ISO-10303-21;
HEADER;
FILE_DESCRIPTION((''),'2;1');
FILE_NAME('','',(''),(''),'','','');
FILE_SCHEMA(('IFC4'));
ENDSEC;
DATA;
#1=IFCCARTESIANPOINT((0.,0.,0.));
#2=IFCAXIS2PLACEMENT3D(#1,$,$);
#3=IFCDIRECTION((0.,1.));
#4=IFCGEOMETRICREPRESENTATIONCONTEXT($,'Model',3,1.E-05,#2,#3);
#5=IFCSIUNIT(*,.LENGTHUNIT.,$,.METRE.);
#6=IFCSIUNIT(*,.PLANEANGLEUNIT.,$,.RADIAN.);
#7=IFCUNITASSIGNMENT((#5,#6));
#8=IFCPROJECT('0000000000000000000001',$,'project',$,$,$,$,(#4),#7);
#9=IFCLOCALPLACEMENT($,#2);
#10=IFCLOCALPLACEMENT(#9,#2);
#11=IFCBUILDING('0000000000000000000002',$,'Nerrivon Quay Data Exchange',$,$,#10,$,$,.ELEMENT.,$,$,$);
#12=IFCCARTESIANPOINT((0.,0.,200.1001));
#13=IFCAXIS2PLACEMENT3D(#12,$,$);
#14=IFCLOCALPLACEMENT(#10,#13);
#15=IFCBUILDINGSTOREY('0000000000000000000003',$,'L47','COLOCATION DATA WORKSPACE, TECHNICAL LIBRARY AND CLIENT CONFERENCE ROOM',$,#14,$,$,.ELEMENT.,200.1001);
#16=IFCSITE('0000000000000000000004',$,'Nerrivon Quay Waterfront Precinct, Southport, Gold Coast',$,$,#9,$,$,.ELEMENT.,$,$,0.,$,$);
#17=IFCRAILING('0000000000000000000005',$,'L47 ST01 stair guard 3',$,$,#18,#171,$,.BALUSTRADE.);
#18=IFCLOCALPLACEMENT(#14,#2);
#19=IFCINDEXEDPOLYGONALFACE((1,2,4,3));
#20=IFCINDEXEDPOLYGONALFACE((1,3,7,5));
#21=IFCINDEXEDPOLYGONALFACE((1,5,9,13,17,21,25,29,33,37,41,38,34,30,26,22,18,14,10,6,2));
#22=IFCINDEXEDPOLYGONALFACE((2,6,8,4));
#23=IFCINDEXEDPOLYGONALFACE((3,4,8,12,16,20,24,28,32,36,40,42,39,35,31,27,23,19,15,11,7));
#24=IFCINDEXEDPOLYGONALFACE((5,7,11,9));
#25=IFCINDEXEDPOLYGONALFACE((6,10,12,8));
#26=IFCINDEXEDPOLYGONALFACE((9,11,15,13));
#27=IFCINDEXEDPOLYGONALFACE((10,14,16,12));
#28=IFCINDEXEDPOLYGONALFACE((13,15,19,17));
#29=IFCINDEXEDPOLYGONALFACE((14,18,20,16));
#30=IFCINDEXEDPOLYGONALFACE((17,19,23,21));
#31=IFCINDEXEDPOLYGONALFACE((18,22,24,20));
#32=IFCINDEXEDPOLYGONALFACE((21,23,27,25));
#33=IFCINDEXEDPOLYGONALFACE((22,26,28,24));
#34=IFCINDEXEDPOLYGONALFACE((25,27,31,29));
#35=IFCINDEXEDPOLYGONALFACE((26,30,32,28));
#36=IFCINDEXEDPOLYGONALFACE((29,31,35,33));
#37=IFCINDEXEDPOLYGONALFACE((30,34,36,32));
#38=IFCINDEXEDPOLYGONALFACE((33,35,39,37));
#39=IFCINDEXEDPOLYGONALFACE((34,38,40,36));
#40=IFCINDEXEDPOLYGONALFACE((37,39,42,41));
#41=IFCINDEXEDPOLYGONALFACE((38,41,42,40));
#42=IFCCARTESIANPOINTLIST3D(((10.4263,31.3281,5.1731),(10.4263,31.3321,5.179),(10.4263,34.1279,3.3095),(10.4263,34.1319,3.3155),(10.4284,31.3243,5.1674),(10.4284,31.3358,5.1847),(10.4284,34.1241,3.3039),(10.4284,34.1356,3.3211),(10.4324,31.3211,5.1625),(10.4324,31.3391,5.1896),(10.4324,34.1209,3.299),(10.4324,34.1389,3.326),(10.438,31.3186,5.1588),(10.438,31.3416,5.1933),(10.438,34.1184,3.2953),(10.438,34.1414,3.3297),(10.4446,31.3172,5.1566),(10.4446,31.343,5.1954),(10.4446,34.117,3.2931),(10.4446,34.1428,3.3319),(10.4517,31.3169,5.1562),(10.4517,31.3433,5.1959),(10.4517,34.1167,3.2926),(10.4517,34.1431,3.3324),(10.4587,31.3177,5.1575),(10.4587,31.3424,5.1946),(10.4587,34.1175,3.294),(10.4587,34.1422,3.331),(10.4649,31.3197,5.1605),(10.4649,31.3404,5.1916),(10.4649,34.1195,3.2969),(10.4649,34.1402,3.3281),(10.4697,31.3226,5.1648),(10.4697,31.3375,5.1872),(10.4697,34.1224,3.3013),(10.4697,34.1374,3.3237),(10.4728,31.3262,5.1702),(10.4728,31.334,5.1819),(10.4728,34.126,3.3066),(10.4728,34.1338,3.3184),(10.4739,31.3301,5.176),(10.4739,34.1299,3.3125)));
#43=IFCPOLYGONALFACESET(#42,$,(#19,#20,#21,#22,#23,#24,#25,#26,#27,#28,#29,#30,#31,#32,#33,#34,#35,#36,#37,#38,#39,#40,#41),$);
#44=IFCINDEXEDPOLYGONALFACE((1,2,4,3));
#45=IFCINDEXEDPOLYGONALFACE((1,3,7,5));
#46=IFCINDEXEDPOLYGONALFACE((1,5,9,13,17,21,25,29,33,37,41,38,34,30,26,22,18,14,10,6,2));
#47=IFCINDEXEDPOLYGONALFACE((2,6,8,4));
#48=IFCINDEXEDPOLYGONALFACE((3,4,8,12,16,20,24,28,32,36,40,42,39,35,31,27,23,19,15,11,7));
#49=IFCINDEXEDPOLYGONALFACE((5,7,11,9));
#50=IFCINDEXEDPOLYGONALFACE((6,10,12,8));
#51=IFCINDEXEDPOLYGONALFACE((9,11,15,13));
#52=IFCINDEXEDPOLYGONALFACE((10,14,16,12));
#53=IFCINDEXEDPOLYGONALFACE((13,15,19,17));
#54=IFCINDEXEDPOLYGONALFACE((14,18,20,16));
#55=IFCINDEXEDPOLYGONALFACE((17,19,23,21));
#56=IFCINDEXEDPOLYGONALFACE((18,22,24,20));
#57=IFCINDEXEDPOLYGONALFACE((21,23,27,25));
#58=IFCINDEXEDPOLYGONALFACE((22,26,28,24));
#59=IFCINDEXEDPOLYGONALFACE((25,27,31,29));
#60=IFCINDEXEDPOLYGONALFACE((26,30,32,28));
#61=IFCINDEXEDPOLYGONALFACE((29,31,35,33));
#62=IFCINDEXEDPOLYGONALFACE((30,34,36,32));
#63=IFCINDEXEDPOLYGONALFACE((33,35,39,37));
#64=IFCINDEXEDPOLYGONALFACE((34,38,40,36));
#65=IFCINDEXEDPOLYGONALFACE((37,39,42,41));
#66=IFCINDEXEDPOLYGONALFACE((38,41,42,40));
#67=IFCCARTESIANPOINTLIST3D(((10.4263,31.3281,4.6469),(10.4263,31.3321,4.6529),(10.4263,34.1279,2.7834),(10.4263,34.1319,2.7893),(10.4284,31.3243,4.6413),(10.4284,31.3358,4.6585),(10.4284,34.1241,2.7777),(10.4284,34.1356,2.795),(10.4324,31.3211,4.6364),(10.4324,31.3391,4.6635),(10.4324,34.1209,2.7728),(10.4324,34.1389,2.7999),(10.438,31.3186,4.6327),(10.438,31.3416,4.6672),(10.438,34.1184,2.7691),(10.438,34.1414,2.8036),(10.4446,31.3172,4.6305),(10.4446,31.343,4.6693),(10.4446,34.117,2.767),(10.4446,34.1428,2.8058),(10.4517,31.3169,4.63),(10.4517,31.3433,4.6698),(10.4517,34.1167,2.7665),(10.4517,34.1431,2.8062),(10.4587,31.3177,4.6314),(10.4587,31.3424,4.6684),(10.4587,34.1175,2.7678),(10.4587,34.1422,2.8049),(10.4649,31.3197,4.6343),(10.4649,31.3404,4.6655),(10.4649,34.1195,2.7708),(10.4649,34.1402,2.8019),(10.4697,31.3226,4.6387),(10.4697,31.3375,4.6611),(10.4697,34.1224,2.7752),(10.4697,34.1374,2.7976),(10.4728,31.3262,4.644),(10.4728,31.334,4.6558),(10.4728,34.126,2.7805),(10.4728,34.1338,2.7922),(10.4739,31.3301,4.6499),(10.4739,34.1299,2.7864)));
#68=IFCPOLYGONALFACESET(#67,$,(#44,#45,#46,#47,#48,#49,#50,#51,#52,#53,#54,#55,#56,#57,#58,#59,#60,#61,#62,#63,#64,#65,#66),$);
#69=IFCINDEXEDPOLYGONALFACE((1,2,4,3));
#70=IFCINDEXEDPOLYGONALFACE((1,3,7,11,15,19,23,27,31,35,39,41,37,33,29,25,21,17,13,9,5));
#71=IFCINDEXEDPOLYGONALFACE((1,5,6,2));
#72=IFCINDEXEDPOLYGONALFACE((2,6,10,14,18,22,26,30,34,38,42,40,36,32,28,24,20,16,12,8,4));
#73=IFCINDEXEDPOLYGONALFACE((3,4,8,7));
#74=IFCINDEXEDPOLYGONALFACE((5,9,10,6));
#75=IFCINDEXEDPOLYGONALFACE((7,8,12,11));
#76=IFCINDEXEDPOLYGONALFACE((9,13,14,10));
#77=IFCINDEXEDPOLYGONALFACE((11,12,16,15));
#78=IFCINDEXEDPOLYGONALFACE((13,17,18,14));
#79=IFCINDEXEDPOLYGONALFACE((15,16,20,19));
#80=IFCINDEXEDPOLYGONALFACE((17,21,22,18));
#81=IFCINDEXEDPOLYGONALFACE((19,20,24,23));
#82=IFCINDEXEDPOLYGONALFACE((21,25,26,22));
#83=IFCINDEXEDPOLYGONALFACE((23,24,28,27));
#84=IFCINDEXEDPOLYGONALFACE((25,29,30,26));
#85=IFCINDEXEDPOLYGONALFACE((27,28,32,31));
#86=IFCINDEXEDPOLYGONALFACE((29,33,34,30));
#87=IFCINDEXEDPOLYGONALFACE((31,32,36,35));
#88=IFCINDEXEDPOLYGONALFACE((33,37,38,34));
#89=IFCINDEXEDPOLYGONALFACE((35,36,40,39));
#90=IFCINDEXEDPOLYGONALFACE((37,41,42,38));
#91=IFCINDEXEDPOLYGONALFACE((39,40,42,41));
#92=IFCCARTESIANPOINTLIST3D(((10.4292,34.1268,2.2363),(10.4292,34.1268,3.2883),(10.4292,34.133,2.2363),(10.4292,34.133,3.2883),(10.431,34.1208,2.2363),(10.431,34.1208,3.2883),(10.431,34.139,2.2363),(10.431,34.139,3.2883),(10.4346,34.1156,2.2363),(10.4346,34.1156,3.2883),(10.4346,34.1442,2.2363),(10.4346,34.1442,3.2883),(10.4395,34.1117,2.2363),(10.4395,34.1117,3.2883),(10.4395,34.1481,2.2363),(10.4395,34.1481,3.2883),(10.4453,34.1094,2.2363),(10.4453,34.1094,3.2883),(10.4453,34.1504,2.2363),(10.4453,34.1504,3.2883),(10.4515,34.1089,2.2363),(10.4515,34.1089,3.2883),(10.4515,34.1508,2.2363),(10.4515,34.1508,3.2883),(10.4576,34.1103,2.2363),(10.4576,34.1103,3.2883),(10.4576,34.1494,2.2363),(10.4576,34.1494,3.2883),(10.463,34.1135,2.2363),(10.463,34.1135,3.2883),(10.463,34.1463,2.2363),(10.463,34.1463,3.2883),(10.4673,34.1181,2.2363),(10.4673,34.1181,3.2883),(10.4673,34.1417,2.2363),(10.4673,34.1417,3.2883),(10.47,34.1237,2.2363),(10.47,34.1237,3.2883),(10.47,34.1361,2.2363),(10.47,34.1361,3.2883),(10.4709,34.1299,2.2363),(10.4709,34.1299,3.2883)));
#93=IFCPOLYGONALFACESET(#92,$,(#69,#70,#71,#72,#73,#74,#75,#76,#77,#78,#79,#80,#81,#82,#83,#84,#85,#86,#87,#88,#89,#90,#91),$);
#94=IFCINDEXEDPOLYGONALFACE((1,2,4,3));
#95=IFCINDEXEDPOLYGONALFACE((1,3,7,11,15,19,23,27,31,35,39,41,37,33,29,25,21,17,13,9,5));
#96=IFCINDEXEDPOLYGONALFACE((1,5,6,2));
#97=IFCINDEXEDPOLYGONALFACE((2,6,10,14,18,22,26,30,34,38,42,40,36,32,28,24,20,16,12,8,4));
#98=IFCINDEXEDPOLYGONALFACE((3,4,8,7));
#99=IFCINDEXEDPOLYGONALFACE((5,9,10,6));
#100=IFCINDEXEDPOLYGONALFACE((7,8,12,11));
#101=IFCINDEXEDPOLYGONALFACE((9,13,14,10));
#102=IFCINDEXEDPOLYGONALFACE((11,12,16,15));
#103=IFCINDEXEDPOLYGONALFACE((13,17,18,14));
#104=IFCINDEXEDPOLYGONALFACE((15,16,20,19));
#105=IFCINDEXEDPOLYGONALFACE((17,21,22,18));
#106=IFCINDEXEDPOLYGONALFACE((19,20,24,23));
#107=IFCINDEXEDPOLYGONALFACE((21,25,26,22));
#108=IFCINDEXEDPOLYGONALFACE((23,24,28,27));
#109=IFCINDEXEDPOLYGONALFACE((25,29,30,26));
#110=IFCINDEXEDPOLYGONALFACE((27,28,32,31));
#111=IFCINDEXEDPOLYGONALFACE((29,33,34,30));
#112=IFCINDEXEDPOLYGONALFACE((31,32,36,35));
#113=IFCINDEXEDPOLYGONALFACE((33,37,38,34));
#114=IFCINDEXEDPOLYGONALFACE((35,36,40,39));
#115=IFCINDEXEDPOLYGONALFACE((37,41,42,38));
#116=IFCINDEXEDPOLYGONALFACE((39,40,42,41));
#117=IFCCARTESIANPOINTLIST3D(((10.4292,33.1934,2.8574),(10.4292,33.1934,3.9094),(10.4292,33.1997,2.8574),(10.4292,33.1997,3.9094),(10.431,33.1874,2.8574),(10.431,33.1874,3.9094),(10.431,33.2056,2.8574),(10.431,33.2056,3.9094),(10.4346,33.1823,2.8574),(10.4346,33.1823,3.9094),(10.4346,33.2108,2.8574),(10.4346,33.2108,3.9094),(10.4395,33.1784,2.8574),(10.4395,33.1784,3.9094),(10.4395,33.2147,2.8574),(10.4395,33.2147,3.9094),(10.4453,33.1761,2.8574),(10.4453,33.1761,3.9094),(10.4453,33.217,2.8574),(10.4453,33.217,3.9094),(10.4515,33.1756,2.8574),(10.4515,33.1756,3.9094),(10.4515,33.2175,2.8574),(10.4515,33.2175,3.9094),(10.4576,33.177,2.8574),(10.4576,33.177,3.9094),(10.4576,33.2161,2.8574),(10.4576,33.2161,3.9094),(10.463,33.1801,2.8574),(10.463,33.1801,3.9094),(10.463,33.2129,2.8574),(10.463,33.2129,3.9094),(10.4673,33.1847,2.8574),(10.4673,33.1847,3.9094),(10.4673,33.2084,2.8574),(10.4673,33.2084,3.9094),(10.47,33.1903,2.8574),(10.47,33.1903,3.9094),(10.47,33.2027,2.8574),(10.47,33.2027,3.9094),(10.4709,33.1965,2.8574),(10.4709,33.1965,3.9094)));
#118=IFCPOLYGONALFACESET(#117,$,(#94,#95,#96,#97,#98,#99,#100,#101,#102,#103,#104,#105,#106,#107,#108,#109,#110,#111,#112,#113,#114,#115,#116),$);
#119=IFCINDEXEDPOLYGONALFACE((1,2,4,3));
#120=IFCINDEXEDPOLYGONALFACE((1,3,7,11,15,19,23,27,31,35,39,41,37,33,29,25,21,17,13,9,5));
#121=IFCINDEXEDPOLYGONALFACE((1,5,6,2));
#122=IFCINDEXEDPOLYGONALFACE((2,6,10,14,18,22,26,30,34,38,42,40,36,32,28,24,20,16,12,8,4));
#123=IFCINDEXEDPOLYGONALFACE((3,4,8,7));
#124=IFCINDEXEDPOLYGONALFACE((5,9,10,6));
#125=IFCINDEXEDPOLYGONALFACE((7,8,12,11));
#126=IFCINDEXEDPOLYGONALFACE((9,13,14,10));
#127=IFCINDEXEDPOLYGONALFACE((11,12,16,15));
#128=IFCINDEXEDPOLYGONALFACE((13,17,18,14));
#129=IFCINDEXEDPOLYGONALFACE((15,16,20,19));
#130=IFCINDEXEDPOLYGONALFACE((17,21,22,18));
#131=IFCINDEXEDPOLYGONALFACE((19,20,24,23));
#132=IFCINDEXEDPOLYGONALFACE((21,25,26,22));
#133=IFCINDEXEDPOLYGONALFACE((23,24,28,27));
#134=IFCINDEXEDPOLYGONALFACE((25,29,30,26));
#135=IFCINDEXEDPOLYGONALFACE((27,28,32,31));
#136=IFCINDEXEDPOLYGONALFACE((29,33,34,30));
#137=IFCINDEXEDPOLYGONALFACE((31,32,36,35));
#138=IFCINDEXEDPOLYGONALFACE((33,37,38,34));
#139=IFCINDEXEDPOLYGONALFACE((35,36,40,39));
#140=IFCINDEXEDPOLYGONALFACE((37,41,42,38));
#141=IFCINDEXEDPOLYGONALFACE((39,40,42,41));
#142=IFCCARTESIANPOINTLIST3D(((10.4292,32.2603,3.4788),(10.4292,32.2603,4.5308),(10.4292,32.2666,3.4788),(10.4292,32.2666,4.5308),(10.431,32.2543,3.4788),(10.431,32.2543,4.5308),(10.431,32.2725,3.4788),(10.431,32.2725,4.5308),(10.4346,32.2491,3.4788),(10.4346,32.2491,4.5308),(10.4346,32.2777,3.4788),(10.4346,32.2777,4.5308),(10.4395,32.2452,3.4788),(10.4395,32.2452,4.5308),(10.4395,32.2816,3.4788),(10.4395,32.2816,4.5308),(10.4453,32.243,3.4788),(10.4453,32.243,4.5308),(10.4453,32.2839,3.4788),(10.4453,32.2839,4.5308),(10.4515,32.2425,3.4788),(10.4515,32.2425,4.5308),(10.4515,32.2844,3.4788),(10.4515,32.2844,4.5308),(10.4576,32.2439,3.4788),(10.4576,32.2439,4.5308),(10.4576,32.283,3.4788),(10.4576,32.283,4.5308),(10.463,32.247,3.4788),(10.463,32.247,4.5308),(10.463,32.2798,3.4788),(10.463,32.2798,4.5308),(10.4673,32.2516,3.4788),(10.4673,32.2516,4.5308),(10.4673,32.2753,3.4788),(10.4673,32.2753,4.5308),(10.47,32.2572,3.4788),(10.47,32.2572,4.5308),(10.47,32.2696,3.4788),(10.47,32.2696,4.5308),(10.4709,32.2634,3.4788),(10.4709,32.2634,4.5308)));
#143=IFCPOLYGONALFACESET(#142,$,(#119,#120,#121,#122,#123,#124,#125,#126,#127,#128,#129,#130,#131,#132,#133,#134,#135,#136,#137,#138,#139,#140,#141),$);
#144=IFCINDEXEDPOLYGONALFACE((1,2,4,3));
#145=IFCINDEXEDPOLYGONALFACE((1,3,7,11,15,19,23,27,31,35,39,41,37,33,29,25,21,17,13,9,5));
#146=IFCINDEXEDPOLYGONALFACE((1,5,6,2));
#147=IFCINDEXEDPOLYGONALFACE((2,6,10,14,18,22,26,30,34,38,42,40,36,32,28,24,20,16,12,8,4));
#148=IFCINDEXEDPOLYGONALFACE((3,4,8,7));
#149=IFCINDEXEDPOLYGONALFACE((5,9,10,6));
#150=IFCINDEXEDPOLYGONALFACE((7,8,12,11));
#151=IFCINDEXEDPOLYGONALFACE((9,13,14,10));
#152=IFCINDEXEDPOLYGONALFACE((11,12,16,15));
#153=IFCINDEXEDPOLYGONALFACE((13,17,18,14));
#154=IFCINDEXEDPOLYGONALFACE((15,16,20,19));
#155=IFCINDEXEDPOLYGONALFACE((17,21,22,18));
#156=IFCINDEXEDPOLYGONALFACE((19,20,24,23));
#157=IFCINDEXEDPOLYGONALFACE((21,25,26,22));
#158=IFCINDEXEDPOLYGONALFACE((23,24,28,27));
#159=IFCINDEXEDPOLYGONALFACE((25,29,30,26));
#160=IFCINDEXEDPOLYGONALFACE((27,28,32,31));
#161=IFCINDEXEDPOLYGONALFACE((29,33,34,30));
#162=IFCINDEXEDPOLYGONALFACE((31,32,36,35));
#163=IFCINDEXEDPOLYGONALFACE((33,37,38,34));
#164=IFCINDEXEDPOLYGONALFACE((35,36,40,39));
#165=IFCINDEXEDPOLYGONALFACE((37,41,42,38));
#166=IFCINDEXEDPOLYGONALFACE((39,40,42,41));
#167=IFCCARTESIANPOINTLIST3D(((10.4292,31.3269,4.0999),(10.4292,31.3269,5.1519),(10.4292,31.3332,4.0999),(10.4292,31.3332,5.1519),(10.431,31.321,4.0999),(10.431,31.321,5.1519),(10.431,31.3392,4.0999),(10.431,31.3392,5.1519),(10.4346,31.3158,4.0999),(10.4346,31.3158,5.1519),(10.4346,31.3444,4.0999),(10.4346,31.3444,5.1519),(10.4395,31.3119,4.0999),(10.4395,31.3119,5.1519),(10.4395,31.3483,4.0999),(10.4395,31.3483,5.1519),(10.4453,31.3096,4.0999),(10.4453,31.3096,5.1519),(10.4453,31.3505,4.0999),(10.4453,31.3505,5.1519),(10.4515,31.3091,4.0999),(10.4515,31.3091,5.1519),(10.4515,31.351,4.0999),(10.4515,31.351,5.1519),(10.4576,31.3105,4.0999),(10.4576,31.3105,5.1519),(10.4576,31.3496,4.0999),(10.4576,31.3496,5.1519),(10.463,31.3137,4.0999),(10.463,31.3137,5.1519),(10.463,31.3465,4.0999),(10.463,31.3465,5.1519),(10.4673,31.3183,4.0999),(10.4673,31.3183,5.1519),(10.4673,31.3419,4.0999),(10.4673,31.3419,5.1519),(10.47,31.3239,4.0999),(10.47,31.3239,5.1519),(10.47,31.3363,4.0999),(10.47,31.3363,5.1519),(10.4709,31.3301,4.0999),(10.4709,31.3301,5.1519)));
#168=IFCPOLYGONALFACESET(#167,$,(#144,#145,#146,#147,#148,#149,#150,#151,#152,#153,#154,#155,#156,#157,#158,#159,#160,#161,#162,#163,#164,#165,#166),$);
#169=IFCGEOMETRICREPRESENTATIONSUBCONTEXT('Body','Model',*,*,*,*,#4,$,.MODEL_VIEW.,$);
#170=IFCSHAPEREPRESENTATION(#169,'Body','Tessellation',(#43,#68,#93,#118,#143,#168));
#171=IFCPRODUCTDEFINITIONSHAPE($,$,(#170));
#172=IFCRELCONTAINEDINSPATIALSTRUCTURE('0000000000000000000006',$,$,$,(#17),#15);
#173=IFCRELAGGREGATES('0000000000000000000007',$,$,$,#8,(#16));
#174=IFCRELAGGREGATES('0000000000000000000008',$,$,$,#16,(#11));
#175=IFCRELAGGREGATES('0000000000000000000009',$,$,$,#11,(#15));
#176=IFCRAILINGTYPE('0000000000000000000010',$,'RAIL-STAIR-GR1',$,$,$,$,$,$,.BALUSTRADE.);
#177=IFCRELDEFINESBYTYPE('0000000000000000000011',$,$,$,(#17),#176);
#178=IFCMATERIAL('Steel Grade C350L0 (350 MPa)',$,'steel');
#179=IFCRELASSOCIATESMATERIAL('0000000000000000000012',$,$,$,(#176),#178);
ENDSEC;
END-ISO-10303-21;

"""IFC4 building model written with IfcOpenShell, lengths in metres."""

from ifc_helpers import new_model, si_unit, direction, frame, origin, origin_2d, place, context, subcontext, project, spatial, circle, extrude, material, type_object, element, save


model = new_model("IFC4")

# Units and contexts
model_context = context("Model", 3, precision=1e-05, world=origin(), true_north=direction((0.0, 1.0)))
body_context = subcontext(model_context, "Body", "Model", "MODEL_VIEW")
ifc_project = project(units=[si_unit("LENGTHUNIT", "METRE"), si_unit("PLANEANGLEUNIT", "RADIAN")], contexts=[model_context])

# Site, building, storey
site_placement = place(None, origin())
site = spatial("IfcSite", under=ifc_project, at=site_placement, Name="Nerrivon Quay Waterfront Precinct, Southport, Gold Coast", CompositionType="ELEMENT", RefElevation=0.0)
building_placement = place(site_placement, origin())
building = spatial("IfcBuilding", under=site, at=building_placement, Name="Nerrivon Quay Data Exchange", CompositionType="ELEMENT")
storey_placement = place(building_placement, frame((0.0, 0.0, 200.1001)))
storey = spatial("IfcBuildingStorey", under=building, at=storey_placement, Name="L47", Description="COLOCATION DATA WORKSPACE, TECHNICAL LIBRARY AND CLIENT CONFERENCE ROOM", CompositionType="ELEMENT", Elevation=200.1001)

# Shared definitions
ifc_material_1 = material(Name="Steel Grade C350L0 (350 MPa)", Category="steel")

# Railing
railing_type = type_object("IfcRailingType", Name="RAIL-STAIR-GR1", PredefinedType="BALUSTRADE", material=ifc_material_1)
railing_1_placement = place(storey_placement, frame((10.45, 34.1299, 2.2363)))
element("IfcRailing", 1, at=railing_1_placement, inside=storey, type_object=railing_type, Name="L47 ST01 stair guard 3", PredefinedType="BALUSTRADE", context=body_context, shape_type="SweptSolid", body=[
    extrude(circle(Radius=0.0239, at=origin_2d()), frame((0.0, 0.0, 1.0762), z_axis=(0.0, -0.832463, 0.55408), x_axis=(1.0, 0.0, 0.0)), (0.0, 0.0, 1.0), 3.3633),
    extrude(circle(Radius=0.0239, at=origin_2d()), frame((0.0, 0.0, 0.55), z_axis=(0.0, -0.832463, 0.55408), x_axis=(1.0, 0.0, 0.0)), (0.0, 0.0, 1.0), 3.3633),
    extrude(circle(Radius=0.021, at=origin_2d()), origin(), (0.0, 0.0, 1.0), 1.052),
    extrude(circle(Radius=0.021, at=origin_2d()), frame((0.0, -0.9333, 0.6211)), (0.0, 0.0, 1.0), 1.052),
    extrude(circle(Radius=0.021, at=origin_2d()), frame((0.0, -1.8665, 1.2424)), (0.0, 0.0, 1.0), 1.052),
    extrude(circle(Radius=0.021, at=origin_2d()), frame((0.0, -2.7998, 1.8635)), (0.0, 0.0, 1.0), 1.052),
])

save(model, "model.ifc")
